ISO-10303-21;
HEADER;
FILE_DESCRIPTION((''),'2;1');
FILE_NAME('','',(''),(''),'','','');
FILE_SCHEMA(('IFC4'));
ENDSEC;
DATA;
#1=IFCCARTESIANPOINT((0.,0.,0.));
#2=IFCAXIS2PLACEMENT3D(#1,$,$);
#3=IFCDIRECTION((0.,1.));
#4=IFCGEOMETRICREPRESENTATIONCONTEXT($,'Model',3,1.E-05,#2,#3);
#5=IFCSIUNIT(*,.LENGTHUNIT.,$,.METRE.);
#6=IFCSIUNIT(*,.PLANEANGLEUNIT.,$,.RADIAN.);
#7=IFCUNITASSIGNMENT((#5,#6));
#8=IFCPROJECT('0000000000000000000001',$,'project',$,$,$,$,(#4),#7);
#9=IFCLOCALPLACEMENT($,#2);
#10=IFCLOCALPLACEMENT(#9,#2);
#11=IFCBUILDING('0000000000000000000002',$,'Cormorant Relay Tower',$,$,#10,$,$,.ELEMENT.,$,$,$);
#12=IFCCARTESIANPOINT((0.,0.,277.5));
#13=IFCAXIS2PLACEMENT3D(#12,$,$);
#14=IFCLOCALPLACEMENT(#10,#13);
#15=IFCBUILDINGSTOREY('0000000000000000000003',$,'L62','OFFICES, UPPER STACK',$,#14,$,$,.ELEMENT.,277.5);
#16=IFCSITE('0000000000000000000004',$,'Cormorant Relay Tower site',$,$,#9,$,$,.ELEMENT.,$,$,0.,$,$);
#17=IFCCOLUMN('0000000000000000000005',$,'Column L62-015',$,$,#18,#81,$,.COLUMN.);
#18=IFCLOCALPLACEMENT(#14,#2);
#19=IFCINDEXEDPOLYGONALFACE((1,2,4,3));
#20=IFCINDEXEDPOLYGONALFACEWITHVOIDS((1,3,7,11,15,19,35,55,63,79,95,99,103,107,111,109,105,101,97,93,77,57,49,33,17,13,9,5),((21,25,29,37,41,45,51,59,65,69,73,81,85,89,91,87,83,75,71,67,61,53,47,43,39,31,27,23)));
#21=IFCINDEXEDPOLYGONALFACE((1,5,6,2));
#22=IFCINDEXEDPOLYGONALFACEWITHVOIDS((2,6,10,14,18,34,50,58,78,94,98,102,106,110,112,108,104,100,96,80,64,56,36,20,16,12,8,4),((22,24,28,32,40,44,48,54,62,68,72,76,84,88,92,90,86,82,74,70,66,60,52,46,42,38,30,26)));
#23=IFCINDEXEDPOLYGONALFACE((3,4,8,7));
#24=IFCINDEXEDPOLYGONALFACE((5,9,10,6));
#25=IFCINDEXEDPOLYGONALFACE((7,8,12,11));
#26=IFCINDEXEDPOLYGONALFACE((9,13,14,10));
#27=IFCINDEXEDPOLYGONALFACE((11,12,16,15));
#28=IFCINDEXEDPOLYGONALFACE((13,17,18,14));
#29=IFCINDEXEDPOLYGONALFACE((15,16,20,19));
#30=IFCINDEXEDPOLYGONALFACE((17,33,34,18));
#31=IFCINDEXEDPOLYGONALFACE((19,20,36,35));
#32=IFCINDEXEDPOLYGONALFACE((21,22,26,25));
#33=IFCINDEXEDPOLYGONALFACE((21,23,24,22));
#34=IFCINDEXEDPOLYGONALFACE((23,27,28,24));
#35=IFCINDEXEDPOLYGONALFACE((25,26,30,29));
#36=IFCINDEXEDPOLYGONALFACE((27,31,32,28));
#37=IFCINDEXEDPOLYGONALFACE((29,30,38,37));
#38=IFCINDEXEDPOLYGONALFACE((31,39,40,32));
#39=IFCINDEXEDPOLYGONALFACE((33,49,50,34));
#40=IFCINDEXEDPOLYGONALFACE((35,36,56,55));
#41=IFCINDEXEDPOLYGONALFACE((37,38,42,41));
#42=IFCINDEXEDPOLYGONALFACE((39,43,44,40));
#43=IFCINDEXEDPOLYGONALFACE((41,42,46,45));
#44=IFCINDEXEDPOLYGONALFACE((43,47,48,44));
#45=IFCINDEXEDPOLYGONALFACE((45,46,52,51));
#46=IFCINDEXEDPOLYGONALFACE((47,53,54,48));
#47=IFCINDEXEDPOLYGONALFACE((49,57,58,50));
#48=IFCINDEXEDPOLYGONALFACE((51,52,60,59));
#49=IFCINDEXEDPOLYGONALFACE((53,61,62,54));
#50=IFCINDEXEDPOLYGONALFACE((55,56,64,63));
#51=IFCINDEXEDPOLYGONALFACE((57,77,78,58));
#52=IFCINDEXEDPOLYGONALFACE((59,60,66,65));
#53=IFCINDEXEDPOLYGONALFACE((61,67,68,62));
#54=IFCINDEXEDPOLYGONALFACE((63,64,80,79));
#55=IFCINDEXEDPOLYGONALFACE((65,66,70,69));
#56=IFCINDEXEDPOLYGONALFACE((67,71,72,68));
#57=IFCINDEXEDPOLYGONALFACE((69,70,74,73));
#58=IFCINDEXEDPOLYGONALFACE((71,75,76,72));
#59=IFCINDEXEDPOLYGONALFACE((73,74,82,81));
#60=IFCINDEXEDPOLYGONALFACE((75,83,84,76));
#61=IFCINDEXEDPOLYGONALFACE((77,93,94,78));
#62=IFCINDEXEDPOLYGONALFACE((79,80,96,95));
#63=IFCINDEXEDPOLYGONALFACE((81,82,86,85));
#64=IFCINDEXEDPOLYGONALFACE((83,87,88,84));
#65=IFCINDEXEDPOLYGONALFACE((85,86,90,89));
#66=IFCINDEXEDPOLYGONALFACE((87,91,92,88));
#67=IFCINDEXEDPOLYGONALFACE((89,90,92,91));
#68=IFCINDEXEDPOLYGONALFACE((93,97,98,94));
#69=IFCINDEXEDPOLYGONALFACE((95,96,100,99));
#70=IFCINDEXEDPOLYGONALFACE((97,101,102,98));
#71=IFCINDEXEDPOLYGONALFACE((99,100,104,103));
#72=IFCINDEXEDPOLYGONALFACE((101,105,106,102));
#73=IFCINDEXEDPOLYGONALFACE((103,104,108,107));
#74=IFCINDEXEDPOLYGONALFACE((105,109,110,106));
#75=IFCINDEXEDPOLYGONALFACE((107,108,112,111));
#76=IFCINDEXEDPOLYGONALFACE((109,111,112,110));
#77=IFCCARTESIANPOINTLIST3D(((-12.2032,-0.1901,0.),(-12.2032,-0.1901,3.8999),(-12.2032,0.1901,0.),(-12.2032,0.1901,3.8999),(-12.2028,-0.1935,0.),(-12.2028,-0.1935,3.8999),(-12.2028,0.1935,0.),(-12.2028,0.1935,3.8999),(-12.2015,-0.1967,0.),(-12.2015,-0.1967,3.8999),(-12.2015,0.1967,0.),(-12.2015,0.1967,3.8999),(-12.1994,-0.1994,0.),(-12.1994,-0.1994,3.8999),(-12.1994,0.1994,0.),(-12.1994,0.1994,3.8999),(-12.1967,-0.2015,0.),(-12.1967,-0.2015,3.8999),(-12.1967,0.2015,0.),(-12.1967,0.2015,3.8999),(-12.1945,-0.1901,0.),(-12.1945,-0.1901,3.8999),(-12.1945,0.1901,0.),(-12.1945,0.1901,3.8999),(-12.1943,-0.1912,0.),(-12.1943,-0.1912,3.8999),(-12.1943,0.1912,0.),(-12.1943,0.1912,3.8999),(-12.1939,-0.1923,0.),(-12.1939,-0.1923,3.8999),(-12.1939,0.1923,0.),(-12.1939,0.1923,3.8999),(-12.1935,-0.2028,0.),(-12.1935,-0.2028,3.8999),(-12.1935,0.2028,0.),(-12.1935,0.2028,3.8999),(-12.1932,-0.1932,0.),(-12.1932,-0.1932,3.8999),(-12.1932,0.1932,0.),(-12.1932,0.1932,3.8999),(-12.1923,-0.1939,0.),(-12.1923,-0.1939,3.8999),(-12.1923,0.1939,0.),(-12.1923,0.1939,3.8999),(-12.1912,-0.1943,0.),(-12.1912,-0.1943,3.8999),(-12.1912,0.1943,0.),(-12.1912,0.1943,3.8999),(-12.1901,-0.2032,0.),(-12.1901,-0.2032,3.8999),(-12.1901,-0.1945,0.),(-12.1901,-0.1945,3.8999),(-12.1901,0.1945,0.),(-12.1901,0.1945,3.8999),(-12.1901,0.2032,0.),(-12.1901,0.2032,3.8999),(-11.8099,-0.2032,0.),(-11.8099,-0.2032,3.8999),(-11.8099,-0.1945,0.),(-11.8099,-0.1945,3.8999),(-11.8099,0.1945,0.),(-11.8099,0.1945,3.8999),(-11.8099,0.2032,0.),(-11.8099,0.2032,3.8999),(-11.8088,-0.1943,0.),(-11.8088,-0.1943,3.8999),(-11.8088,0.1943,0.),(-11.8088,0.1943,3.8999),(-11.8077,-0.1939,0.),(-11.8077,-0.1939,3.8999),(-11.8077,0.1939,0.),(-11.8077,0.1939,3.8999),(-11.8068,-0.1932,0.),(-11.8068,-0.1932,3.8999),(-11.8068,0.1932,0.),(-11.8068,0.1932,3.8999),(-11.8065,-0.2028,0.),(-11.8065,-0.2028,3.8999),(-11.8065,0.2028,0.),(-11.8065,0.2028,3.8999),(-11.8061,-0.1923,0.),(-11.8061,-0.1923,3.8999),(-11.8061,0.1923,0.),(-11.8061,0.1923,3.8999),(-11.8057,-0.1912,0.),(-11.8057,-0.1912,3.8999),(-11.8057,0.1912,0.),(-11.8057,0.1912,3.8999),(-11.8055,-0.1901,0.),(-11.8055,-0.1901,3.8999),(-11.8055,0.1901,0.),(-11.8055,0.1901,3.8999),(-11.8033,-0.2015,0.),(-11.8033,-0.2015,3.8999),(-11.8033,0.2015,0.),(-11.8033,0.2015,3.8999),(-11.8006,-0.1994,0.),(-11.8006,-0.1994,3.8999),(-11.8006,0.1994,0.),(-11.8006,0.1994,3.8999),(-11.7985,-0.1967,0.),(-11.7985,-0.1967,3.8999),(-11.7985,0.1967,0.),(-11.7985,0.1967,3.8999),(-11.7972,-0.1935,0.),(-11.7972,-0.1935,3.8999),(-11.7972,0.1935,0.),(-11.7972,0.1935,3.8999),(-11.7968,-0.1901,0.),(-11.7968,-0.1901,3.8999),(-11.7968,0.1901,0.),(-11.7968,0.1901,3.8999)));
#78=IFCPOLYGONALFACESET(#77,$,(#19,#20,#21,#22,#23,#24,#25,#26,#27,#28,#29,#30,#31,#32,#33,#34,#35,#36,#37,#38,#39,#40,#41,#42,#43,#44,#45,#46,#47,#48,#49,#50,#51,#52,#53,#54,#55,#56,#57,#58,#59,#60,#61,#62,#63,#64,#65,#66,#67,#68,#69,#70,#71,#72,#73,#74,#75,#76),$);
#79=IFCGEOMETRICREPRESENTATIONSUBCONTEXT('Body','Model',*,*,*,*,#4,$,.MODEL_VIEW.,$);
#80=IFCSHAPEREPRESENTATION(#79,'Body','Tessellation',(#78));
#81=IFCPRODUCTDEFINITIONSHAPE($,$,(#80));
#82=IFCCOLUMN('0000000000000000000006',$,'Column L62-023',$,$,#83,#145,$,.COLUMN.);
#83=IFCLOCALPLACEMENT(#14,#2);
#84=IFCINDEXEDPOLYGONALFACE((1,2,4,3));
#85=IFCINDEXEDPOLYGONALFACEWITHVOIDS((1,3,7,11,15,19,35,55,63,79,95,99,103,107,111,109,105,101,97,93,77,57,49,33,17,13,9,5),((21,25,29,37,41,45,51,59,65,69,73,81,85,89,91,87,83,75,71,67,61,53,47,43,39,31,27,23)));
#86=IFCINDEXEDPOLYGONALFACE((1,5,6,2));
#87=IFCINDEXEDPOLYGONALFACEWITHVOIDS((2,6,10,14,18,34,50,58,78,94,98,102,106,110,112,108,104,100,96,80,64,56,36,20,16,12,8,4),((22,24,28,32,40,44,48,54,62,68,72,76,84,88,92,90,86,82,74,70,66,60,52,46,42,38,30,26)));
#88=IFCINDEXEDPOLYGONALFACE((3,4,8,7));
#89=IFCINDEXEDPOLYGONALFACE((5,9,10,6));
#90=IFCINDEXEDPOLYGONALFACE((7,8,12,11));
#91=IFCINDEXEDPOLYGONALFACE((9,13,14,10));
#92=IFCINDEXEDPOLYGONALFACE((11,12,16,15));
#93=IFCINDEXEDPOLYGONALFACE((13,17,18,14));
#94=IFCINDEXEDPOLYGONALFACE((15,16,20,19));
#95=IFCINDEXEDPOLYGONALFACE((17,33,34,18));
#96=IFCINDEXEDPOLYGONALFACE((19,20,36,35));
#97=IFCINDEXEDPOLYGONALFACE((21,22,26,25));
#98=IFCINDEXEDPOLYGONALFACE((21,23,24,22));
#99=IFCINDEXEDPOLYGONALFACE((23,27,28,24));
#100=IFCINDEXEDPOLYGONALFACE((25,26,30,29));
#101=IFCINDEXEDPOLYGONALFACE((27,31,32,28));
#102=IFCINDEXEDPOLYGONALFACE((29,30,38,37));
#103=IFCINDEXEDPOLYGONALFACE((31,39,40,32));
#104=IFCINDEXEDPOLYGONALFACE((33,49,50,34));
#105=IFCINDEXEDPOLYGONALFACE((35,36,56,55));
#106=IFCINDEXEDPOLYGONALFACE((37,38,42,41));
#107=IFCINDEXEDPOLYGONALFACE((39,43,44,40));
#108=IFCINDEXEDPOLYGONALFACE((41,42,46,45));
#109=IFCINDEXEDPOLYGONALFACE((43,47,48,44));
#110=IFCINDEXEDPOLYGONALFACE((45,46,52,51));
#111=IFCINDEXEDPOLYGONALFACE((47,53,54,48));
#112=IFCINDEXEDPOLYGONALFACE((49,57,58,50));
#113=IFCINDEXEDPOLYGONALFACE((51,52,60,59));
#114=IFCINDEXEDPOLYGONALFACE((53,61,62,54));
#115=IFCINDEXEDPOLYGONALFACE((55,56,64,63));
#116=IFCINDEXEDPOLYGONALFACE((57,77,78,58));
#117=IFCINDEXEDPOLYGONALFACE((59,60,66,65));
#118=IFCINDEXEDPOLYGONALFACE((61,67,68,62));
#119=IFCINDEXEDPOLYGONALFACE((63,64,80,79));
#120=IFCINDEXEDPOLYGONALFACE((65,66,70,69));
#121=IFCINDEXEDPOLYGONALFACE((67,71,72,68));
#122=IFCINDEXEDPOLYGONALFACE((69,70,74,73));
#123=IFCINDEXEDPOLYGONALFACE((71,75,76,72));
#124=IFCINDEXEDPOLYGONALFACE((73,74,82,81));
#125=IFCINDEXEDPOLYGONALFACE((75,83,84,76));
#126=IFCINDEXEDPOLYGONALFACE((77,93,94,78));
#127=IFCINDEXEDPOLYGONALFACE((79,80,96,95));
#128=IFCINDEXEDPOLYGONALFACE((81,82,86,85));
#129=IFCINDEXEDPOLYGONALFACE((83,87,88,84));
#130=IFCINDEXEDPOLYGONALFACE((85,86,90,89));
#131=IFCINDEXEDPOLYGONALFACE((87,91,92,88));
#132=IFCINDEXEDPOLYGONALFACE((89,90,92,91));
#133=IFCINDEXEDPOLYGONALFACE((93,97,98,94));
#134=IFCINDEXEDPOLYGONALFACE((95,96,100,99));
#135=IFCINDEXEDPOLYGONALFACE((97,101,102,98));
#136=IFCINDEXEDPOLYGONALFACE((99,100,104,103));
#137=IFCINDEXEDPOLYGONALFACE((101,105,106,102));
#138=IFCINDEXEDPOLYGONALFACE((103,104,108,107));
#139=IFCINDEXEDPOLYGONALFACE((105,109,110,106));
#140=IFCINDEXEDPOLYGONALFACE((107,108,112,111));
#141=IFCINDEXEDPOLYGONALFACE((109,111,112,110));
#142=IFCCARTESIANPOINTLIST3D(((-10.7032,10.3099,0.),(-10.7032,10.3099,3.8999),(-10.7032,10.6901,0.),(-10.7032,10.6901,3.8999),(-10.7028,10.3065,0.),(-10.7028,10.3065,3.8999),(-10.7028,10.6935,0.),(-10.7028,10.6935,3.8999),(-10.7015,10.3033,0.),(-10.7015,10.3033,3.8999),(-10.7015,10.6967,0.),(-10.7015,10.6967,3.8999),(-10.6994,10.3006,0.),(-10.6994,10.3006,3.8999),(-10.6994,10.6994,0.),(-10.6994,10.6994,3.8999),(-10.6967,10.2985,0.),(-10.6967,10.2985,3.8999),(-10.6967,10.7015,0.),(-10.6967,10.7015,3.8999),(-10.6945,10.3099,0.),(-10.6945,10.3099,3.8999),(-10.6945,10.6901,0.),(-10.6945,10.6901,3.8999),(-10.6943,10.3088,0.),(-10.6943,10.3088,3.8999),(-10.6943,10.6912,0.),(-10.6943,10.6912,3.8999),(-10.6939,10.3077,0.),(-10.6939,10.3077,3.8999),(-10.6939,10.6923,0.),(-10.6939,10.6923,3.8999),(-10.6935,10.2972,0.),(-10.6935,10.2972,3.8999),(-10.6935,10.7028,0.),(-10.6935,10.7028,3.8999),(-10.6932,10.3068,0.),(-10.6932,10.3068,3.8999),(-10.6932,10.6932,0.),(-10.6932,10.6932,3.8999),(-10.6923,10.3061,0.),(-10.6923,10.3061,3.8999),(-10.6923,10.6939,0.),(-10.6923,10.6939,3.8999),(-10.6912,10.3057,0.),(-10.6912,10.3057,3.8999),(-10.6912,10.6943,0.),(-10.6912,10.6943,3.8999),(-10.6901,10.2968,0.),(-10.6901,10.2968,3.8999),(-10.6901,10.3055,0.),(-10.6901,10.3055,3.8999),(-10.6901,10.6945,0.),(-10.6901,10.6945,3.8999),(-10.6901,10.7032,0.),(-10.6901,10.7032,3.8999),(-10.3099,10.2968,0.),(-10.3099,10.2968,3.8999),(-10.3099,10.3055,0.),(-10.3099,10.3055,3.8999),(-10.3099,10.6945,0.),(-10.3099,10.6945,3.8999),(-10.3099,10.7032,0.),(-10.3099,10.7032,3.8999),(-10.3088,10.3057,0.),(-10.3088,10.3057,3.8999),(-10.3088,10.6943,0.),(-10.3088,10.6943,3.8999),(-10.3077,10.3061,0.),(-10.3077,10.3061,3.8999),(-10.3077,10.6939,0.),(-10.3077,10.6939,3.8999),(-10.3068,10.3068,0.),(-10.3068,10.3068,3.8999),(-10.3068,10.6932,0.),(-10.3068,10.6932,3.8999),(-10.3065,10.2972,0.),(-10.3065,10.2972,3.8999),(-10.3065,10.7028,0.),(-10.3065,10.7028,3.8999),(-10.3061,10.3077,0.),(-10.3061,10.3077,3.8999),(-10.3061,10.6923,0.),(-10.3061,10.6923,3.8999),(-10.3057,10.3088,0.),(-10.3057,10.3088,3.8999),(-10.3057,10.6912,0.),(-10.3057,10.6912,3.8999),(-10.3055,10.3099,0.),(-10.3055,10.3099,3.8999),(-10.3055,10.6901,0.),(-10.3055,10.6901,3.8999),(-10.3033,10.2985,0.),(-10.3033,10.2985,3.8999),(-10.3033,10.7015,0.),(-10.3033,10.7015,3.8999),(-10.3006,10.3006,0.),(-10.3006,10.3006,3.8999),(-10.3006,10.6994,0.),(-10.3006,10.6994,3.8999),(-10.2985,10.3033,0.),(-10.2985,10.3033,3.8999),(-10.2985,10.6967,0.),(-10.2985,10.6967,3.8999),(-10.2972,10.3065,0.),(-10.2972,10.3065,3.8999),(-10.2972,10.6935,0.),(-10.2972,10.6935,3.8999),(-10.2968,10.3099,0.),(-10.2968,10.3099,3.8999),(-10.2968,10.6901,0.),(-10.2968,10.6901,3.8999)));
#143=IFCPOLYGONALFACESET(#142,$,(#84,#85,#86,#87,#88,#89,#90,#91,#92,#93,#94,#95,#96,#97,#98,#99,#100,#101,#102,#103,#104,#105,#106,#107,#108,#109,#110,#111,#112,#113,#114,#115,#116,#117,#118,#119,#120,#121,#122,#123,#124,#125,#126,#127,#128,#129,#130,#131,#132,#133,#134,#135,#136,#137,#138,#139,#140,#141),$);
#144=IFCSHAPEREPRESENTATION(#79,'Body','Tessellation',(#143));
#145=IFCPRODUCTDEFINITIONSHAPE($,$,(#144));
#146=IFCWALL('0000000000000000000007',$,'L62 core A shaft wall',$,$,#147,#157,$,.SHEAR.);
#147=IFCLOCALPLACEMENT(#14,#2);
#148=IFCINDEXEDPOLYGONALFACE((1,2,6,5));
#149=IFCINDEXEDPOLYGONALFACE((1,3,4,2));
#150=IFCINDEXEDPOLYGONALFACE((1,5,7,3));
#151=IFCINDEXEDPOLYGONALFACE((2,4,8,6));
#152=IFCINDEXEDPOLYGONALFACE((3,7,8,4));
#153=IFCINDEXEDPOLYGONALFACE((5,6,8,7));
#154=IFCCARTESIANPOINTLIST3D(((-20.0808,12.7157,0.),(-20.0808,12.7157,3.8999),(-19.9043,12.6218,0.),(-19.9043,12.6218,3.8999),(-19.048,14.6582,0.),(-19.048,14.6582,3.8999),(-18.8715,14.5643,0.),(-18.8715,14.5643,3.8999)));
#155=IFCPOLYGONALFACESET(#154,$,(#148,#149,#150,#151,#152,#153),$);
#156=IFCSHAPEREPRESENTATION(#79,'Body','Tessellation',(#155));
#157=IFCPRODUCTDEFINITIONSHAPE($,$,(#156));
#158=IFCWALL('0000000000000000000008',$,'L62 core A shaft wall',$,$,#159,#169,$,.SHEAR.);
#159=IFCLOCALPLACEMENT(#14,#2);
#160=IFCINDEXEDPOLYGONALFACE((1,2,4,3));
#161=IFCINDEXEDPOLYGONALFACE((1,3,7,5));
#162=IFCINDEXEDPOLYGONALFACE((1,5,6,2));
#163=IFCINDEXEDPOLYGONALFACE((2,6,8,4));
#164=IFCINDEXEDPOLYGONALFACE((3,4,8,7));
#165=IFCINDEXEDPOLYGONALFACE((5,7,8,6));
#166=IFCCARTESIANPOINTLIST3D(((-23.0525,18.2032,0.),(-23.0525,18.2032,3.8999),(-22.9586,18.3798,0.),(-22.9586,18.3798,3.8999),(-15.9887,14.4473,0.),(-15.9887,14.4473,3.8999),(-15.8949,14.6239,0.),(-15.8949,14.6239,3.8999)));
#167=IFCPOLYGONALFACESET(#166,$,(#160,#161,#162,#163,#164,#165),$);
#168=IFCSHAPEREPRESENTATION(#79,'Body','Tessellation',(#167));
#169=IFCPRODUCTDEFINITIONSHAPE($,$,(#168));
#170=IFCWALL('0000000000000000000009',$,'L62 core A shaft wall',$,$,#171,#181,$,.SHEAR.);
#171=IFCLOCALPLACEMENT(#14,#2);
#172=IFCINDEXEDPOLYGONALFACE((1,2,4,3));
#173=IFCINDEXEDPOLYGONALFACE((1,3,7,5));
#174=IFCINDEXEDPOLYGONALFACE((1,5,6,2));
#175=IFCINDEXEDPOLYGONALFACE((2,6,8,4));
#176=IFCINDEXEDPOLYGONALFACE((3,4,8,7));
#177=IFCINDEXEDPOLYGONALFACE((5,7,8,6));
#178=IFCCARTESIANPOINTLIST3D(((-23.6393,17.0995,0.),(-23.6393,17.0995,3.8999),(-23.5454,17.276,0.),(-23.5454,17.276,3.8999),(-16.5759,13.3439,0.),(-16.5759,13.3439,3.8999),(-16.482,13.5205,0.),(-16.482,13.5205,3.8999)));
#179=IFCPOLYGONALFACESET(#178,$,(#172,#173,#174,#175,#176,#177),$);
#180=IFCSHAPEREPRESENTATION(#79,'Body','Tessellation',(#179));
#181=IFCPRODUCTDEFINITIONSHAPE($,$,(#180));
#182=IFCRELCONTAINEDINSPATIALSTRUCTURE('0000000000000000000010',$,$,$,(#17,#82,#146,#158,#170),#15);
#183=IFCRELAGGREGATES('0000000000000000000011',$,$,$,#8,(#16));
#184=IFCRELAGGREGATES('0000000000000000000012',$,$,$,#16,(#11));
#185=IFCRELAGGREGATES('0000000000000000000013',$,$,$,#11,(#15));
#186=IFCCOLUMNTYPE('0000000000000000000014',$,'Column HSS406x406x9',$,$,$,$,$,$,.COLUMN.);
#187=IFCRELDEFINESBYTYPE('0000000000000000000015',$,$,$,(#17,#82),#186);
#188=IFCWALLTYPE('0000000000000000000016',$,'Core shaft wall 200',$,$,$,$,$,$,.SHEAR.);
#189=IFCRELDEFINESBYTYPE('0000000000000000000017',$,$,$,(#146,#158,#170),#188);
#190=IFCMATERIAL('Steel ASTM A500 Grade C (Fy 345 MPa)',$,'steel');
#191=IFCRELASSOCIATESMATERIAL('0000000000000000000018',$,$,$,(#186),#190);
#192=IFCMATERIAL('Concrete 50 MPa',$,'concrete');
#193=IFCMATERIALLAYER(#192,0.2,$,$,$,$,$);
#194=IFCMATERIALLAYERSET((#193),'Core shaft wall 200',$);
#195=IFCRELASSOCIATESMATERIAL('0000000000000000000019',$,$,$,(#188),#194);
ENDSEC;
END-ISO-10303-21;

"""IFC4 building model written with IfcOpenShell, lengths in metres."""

from ifc_helpers import new_model, si_unit, direction, frame, frame_2d, origin, origin_2d, place, context, subcontext, project, spatial, rectangle, hollow_rectangle, extrude, material, layer, layer_set, material_profile, profile_set, type_object, element, save


model = new_model("IFC4")

# Units and contexts
model_context = context("Model", 3, precision=1e-05, world=origin(), true_north=direction((0.0, 1.0)))
body_context = subcontext(model_context, "Body", "Model", "MODEL_VIEW")
ifc_project = project(units=[si_unit("LENGTHUNIT", "METRE"), si_unit("PLANEANGLEUNIT", "RADIAN")], contexts=[model_context])

# Site, building, storey
site_placement = place(None, origin())
site = spatial("IfcSite", under=ifc_project, at=site_placement, Name="Cormorant Relay Tower site", CompositionType="ELEMENT", RefElevation=0.0)
building_placement = place(site_placement, origin())
building = spatial("IfcBuilding", under=site, at=building_placement, Name="Cormorant Relay Tower", CompositionType="ELEMENT")
storey_placement = place(building_placement, frame((0.0, 0.0, 277.5)))
storey = spatial("IfcBuildingStorey", under=building, at=storey_placement, Name="L62", Description="OFFICES, UPPER STACK", CompositionType="ELEMENT", Elevation=277.5)

# Columns
ifc_material_1 = material(Name="Steel ASTM A500 Grade C (Fy 345 MPa)", Category="steel")
ifc_material_profile = material_profile(ifc_material_1, hollow_rectangle(XDim=0.4065, YDim=0.4065, WallThickness=0.0088, InnerFilletRadius=0.0044, OuterFilletRadius=0.0132, at=origin_2d()), Name="HSS406x406x9")
ifc_profile_set = profile_set([ifc_material_profile], Name="Steel ASTM A500 Grade C (Fy 345 MPa)")
column_type = type_object("IfcColumnType", Name="Column HSS406x406x9", PredefinedType="COLUMN", material=ifc_profile_set)
for number, where, z_axis, x_axis, name in (
    (1, (-12.0, 0.0, 0.0), (0.0, 0.0, 1.0), (1.0, 0.0, 0.0), "Column L62-015"),
    (2, (-10.5, 10.5, 0.0), (0.0, 0.0, 1.0), (1.0, 0.0, 0.0), "Column L62-023"),
):
    element("IfcColumn", number, at=place(storey_placement, frame(where, z_axis=z_axis, x_axis=x_axis)), inside=storey, type_object=column_type, Name=name, PredefinedType="COLUMN", context=body_context, shape_type="SweptSolid", body=[
        extrude(hollow_rectangle(XDim=0.4065, YDim=0.4065, WallThickness=0.0088, InnerFilletRadius=0.0044, OuterFilletRadius=0.0132, at=origin_2d()), origin(), (0.0, 0.0, 1.0), 3.8999),
    ])

# Walls
ifc_material_2 = material(Name="Concrete 50 MPa", Category="concrete")
ifc_layer_1 = layer(ifc_material_2, 0.2)
ifc_layer_set_1 = layer_set([ifc_layer_1], Name="Core shaft wall 200")
wall_type_1 = type_object("IfcWallType", Name="Core shaft wall 200", PredefinedType="SHEAR", material=ifc_layer_set_1)
wall_1_placement = place(storey_placement, frame((-18.9597, 14.6113, 0.0), z_axis=(0.0, 0.0, 1.0), x_axis=(-0.469447, -0.88296, 0.0)))
element("IfcWall", 3, at=wall_1_placement, inside=storey, type_object=wall_type_1, Name="L62 core A shaft wall", PredefinedType="SHEAR", context=body_context, shape_type="SweptSolid", body=[
    extrude(rectangle(XDim=2.2, YDim=0.2, at=frame_2d((1.1001, 0.0))), origin(), (0.0, 0.0, 1.0), 3.8999),
])
wall_2_placement = place(storey_placement, frame((-15.9419, 14.5356, 0.0), z_axis=(0.0, 0.0, 1.0), x_axis=(-0.882947, 0.469473, 0.0)))
element("IfcWall", 4, at=wall_2_placement, inside=storey, type_object=wall_type_1, Name="L62 core A shaft wall", PredefinedType="SHEAR", context=body_context, shape_type="SweptSolid", body=[
    extrude(rectangle(XDim=8.0002, YDim=0.2, at=frame_2d((4.0, 0.0))), origin(), (0.0, 0.0, 1.0), 3.8999),
])
wall_3_placement = place(storey_placement, frame((-16.5288, 13.4321, 0.0), z_axis=(0.0, 0.0, 1.0), x_axis=(-0.882953, 0.469462, 0.0)))
element("IfcWall", 5, at=wall_3_placement, inside=storey, type_object=wall_type_1, Name="L62 core A shaft wall", PredefinedType="SHEAR", context=body_context, shape_type="SweptSolid", body=[
    extrude(rectangle(XDim=7.9998, YDim=0.2, at=frame_2d((4.0, 0.0))), origin(), (0.0, 0.0, 1.0), 3.8999),
])

save(model, "model.ifc")
